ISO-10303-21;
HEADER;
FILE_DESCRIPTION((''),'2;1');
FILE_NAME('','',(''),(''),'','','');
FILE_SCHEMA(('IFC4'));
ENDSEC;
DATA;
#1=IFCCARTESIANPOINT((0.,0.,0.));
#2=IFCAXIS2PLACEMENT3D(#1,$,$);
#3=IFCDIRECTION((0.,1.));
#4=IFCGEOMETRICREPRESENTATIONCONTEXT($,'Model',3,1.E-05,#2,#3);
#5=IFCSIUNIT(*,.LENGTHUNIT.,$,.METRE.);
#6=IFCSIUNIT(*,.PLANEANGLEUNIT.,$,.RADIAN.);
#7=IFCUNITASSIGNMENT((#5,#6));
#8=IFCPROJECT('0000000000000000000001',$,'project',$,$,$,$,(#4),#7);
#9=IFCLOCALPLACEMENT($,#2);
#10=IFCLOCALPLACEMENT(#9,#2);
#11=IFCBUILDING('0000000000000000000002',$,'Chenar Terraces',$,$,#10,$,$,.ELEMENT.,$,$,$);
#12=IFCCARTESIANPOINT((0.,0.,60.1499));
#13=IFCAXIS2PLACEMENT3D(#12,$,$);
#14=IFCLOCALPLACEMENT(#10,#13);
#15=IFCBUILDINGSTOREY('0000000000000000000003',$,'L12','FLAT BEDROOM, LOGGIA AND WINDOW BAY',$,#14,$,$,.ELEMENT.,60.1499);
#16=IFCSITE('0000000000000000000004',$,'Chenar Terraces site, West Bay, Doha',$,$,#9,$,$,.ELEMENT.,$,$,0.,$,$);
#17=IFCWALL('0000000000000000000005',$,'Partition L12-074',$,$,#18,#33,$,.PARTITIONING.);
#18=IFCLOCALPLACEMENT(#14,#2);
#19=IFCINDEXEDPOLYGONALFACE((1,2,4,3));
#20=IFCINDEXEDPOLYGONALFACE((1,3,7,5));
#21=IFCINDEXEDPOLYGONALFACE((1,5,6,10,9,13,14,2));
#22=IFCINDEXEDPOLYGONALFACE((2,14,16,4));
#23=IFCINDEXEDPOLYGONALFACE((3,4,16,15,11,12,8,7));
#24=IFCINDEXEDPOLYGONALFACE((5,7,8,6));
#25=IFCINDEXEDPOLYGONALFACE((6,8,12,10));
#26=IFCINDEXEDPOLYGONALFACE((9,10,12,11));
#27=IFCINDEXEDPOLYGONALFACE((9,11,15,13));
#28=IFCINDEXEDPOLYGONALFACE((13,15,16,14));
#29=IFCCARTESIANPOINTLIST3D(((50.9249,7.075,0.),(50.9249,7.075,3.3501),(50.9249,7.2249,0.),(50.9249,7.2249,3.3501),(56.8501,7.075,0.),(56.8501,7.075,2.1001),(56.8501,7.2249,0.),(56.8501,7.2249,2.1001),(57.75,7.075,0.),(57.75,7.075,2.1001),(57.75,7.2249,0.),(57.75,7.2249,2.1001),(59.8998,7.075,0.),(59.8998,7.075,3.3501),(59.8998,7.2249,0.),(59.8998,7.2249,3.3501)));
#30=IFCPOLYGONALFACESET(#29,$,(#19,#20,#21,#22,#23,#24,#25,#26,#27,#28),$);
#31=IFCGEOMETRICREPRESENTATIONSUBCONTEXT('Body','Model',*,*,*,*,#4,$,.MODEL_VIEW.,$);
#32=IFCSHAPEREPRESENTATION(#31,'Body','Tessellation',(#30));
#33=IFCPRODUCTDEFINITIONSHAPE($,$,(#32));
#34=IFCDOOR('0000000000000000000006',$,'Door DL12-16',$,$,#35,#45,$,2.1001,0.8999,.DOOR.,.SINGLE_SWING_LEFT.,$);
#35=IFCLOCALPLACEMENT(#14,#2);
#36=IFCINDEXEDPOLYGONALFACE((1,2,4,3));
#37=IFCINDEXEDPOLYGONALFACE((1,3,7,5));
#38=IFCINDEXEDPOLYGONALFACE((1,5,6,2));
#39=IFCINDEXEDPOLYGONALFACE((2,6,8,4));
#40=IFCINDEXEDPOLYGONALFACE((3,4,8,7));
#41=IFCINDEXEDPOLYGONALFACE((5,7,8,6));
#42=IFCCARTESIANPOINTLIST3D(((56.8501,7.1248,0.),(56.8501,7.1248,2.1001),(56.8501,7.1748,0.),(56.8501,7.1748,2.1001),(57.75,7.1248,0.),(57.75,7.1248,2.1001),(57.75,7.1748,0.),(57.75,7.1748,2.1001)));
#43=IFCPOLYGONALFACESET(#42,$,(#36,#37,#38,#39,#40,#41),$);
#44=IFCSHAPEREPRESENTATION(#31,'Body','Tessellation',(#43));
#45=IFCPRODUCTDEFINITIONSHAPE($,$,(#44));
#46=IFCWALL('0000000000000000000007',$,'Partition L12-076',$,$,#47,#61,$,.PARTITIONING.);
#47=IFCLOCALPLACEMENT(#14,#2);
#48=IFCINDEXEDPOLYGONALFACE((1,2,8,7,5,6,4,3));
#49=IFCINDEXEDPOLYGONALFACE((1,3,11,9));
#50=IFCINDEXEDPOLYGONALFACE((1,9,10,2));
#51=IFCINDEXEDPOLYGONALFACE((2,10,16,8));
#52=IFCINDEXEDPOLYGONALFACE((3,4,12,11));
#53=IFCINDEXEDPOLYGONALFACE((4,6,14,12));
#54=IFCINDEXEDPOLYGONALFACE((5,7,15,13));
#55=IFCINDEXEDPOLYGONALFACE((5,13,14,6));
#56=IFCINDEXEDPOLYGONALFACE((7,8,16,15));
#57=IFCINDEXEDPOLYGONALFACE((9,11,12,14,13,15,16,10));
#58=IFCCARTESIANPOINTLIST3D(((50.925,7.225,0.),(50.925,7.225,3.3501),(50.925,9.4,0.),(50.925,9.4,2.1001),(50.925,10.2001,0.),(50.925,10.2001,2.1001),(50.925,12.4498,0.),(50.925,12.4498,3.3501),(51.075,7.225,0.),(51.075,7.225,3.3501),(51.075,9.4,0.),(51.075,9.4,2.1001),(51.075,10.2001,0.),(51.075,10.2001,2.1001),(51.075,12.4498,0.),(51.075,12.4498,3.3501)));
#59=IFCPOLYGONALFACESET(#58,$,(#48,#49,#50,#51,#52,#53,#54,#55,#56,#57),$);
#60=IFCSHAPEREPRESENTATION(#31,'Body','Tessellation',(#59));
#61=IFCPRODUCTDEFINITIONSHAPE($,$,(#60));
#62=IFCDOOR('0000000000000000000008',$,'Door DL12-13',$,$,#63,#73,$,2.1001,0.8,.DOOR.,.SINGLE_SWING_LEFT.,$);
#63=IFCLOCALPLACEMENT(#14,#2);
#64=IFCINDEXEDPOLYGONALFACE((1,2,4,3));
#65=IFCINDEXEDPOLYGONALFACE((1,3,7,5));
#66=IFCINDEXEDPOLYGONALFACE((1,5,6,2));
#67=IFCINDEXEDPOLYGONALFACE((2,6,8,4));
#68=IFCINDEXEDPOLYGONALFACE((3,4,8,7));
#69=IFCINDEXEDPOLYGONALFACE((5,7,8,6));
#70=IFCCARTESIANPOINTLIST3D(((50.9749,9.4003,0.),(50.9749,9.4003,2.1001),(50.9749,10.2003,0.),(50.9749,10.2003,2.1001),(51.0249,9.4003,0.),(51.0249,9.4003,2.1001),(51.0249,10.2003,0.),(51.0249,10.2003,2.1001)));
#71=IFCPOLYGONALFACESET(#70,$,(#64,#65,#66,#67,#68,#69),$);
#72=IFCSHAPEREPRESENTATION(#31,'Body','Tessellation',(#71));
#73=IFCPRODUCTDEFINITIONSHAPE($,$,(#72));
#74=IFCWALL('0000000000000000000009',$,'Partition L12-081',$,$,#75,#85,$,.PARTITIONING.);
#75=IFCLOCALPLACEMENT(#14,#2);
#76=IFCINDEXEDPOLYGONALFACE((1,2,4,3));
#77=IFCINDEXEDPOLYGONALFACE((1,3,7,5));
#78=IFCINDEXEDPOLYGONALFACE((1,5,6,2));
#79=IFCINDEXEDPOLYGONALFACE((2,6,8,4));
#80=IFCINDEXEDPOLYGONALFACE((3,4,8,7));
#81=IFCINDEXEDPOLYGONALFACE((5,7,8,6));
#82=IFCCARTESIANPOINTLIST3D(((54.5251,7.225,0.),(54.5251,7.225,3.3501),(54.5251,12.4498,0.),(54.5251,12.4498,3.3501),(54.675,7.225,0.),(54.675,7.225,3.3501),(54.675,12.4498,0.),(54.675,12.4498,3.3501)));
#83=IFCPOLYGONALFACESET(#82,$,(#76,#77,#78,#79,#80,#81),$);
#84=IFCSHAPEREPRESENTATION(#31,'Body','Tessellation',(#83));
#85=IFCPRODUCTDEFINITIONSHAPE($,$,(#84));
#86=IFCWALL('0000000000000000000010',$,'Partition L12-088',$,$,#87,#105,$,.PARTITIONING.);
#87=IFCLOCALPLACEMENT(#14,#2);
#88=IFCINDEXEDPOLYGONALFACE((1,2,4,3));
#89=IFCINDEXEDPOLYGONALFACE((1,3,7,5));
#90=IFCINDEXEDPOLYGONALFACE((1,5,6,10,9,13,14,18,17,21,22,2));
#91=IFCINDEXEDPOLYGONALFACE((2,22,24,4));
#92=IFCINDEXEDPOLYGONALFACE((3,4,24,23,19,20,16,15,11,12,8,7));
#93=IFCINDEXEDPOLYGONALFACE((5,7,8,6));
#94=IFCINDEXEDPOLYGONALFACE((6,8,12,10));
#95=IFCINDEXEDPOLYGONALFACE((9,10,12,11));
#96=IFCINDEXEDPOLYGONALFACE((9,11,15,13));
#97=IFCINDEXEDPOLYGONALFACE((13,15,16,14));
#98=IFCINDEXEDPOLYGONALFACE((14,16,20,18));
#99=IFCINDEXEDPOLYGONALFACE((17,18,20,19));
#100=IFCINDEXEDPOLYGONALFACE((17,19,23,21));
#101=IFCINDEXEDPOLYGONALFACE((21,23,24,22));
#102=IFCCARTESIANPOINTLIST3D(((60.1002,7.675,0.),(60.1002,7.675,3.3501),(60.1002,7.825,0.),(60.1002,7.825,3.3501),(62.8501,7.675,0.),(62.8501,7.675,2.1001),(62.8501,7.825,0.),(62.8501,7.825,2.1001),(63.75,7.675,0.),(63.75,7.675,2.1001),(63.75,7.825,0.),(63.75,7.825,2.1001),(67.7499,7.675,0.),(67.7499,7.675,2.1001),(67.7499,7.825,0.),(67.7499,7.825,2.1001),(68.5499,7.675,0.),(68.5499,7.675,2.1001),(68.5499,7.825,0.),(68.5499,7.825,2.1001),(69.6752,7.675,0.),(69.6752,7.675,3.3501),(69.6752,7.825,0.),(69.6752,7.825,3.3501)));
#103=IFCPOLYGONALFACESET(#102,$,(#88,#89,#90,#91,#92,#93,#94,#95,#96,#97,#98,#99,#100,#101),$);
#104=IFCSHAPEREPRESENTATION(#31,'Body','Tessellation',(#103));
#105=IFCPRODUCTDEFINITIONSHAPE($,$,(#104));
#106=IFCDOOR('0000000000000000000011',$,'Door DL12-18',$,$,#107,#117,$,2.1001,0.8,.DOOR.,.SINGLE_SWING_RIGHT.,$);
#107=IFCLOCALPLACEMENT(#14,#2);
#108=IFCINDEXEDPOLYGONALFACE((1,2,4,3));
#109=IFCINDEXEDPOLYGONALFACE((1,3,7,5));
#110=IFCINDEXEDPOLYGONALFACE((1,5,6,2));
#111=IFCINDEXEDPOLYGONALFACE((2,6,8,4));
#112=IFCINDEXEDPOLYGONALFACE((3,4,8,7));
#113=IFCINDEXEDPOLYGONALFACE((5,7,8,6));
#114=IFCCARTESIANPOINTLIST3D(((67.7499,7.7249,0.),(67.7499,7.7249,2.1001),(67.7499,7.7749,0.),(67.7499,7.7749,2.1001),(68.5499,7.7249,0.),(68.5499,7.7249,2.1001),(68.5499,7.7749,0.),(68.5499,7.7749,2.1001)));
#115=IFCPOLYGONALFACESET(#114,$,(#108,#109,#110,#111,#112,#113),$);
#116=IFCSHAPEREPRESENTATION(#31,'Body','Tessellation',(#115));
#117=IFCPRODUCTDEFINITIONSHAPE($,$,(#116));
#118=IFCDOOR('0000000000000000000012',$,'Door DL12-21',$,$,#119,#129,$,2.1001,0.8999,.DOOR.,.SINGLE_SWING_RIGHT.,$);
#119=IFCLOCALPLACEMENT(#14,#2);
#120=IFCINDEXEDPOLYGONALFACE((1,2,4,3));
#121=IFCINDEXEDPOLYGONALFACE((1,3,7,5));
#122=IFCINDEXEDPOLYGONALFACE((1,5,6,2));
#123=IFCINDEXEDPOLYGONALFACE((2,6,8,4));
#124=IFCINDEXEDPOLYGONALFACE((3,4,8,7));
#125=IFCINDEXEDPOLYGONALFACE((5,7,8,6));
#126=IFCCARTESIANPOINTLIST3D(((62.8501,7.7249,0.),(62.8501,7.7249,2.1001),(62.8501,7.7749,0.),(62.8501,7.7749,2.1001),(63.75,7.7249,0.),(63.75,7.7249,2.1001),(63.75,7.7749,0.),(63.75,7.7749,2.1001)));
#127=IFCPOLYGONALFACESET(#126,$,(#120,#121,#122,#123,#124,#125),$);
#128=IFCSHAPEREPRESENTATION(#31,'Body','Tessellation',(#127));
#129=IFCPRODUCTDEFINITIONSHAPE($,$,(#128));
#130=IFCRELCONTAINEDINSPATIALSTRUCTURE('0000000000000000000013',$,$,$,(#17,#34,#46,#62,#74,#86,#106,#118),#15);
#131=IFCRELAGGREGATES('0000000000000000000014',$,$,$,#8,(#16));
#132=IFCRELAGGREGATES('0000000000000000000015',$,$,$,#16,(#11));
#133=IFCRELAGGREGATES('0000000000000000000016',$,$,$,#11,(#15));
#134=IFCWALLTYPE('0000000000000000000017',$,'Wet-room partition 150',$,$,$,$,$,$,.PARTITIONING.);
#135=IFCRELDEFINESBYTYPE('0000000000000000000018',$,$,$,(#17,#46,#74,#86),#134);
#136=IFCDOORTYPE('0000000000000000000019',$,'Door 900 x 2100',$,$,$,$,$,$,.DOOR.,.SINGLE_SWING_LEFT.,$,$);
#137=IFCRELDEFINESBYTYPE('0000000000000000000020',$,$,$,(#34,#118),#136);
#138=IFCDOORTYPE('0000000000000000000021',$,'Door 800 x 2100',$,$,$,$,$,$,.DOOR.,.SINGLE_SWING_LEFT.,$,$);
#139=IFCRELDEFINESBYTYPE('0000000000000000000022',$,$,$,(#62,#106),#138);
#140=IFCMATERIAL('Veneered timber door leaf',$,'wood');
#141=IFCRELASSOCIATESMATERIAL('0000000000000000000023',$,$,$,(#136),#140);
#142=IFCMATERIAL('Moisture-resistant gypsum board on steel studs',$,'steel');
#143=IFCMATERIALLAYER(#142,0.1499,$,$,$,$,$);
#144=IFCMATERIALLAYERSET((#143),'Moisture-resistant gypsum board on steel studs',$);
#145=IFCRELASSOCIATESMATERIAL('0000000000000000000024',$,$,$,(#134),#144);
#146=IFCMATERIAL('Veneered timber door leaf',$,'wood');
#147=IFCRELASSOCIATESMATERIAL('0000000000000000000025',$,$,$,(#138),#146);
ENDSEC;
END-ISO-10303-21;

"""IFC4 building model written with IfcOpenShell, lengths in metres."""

from ifc_helpers import new_model, si_unit, direction, frame, frame_2d, origin, place, context, subcontext, project, spatial, rectangle, extrude, material, layer, layer_set, type_object, element, fill, save


model = new_model("IFC4")

# Units and contexts
model_context = context("Model", 3, precision=1e-05, world=origin(), true_north=direction((0.0, 1.0)))
body_context = subcontext(model_context, "Body", "Model", "MODEL_VIEW")
ifc_project = project(units=[si_unit("LENGTHUNIT", "METRE"), si_unit("PLANEANGLEUNIT", "RADIAN")], contexts=[model_context])

# Site, building, storey
site_placement = place(None, origin())
site = spatial("IfcSite", under=ifc_project, at=site_placement, Name="Chenar Terraces site, West Bay, Doha", CompositionType="ELEMENT", RefElevation=0.0)
building_placement = place(site_placement, origin())
building = spatial("IfcBuilding", under=site, at=building_placement, Name="Chenar Terraces", CompositionType="ELEMENT")
storey_placement = place(building_placement, frame((0.0, 0.0, 60.1499)))
storey = spatial("IfcBuildingStorey", under=building, at=storey_placement, Name="L12", Description="FLAT BEDROOM, LOGGIA AND WINDOW BAY", CompositionType="ELEMENT", Elevation=60.1499)

# Shared definitions
ifc_material_1 = material(Name="Veneered timber door leaf", Category="wood")
door_type_1 = type_object("IfcDoorType", Name="Door 900 x 2100", OperationType="SINGLE_SWING_LEFT", PredefinedType="DOOR", material=ifc_material_1)

# Walls, openings, doors
ifc_material_2 = material(Name="Moisture-resistant gypsum board on steel studs", Category="steel")
ifc_layer_1 = layer(ifc_material_2, 0.1499)
ifc_layer_set_1 = layer_set([ifc_layer_1], Name="Moisture-resistant gypsum board on steel studs")
wall_type_1 = type_object("IfcWallType", Name="Wet-room partition 150", PredefinedType="PARTITIONING", material=ifc_layer_set_1)
wall_1_placement = place(storey_placement, frame((50.925, 7.1499, 0.0), z_axis=(0.0, 0.0, 1.0), x_axis=(1.0, 0.0, 0.0)))
wall_1 = element("IfcWall", 1, at=wall_1_placement, inside=storey, type_object=wall_type_1, Name="Partition L12-074", PredefinedType="PARTITIONING", context=body_context, shape_type="SweptSolid", body=[
    extrude(rectangle(XDim=8.9749, YDim=0.1499, at=frame_2d((4.4873, 0.0))), origin(), (0.0, 0.0, 1.0), 3.3501),
])
opening_1_placement = place(wall_1_placement, frame((5.925, 0.0, 0.0)))
opening_1 = element("IfcOpeningElement", 2, at=opening_1_placement, cuts=wall_1, PredefinedType="OPENING", context=body_context, shape_type="SweptSolid", body=[
    extrude(rectangle(XDim=0.8999, YDim=2.1001, at=frame_2d((0.45, 1.05))), frame((0.0, 0.085, 0.0), z_axis=(0.0, -1.0, 0.0), x_axis=(1.0, 0.0, 0.0)), (0.0, 0.0, 1.0), 0.1699),
])
door_1_placement = place(opening_1_placement, origin())
door_1 = element("IfcDoor", 3, at=door_1_placement, inside=storey, type_object=door_type_1, Name="Door DL12-16", OperationType="SINGLE_SWING_LEFT", OverallHeight=2.1001, OverallWidth=0.8999, PredefinedType="DOOR", context=body_context, shape_type="SweptSolid", body=[
    extrude(rectangle(XDim=0.8999, YDim=2.1001, at=frame_2d((0.45, 1.05))), frame((0.0, 0.0249, 0.0), z_axis=(0.0, -1.0, 0.0), x_axis=(1.0, 0.0, 0.0)), (0.0, 0.0, 1.0), 0.05),
])
fill(opening_1, door_1)
wall_2_placement = place(storey_placement, frame((51.0, 7.2251, 0.0), z_axis=(0.0, 0.0, 1.0), x_axis=(0.0, 1.0, 0.0)))
wall_2 = element("IfcWall", 4, at=wall_2_placement, inside=storey, type_object=wall_type_1, Name="Partition L12-076", PredefinedType="PARTITIONING", context=body_context, shape_type="SweptSolid", body=[
    extrude(rectangle(XDim=5.2249, YDim=0.1499, at=frame_2d((2.6123, 0.0))), origin(), (0.0, 0.0, 1.0), 3.3501),
])
opening_2_placement = place(wall_2_placement, frame((2.175, 0.0, 0.0)))
opening_2 = element("IfcOpeningElement", 5, at=opening_2_placement, cuts=wall_2, PredefinedType="OPENING", context=body_context, shape_type="SweptSolid", body=[
    extrude(rectangle(XDim=0.8, YDim=2.1001, at=frame_2d((0.3999, 1.05))), frame((0.0, 0.085, 0.0), z_axis=(0.0, -1.0, 0.0), x_axis=(1.0, 0.0, 0.0)), (0.0, 0.0, 1.0), 0.1699),
])
ifc_material_3 = material(Name="Veneered timber door leaf", Category="wood")
door_type_2 = type_object("IfcDoorType", Name="Door 800 x 2100", OperationType="SINGLE_SWING_LEFT", PredefinedType="DOOR", material=ifc_material_3)
door_2_placement = place(opening_2_placement, frame((0.8, 0.0, 0.0), z_axis=(0.0, 0.0, 1.0), x_axis=(-1.0, 0.0, 0.0)))
door_2 = element("IfcDoor", 6, at=door_2_placement, inside=storey, type_object=door_type_2, Name="Door DL12-13", OperationType="SINGLE_SWING_LEFT", OverallHeight=2.1001, OverallWidth=0.8, PredefinedType="DOOR", context=body_context, shape_type="SweptSolid", body=[
    extrude(rectangle(XDim=0.8, YDim=2.1001, at=frame_2d((0.3999, 1.05))), frame((0.0, 0.0249, 0.0), z_axis=(0.0, -1.0, 0.0), x_axis=(1.0, 0.0, 0.0)), (0.0, 0.0, 1.0), 0.05),
])
fill(opening_2, door_2)

# Wall
wall_3_placement = place(storey_placement, frame((54.6001, 7.2251, 0.0), z_axis=(0.0, 0.0, 1.0), x_axis=(0.0, 1.0, 0.0)))
element("IfcWall", 7, at=wall_3_placement, inside=storey, type_object=wall_type_1, Name="Partition L12-081", PredefinedType="PARTITIONING", context=body_context, shape_type="SweptSolid", body=[
    extrude(rectangle(XDim=5.2249, YDim=0.1499, at=frame_2d((2.6123, 0.0))), origin(), (0.0, 0.0, 1.0), 3.3501),
])

# Wall, openings, doors
wall_4_placement = place(storey_placement, frame((60.1001, 7.75, 0.0), z_axis=(0.0, 0.0, 1.0), x_axis=(1.0, 0.0, 0.0)))
wall_4 = element("IfcWall", 8, at=wall_4_placement, inside=storey, type_object=wall_type_1, Name="Partition L12-088", PredefinedType="PARTITIONING", context=body_context, shape_type="SweptSolid", body=[
    extrude(rectangle(XDim=9.575, YDim=0.1499, at=frame_2d((4.7876, 0.0))), origin(), (0.0, 0.0, 1.0), 3.3501),
])
opening_3_placement = place(wall_4_placement, frame((7.6499, 0.0, 0.0)))
opening_3 = element("IfcOpeningElement", 9, at=opening_3_placement, cuts=wall_4, PredefinedType="OPENING", context=body_context, shape_type="SweptSolid", body=[
    extrude(rectangle(XDim=0.8, YDim=2.1001, at=frame_2d((0.3999, 1.05))), frame((0.0, 0.085, 0.0), z_axis=(0.0, -1.0, 0.0), x_axis=(1.0, 0.0, 0.0)), (0.0, 0.0, 1.0), 0.1699),
])
opening_4_placement = place(wall_4_placement, frame((2.75, 0.0, 0.0)))
opening_4 = element("IfcOpeningElement", 10, at=opening_4_placement, cuts=wall_4, PredefinedType="OPENING", context=body_context, shape_type="SweptSolid", body=[
    extrude(rectangle(XDim=0.8999, YDim=2.1001, at=frame_2d((0.45, 1.05))), frame((0.0, 0.085, 0.0), z_axis=(0.0, -1.0, 0.0), x_axis=(1.0, 0.0, 0.0)), (0.0, 0.0, 1.0), 0.1699),
])
door_3_placement = place(opening_3_placement, origin())
door_3 = element("IfcDoor", 11, at=door_3_placement, inside=storey, type_object=door_type_2, Name="Door DL12-18", OperationType="SINGLE_SWING_RIGHT", OverallHeight=2.1001, OverallWidth=0.8, PredefinedType="DOOR", context=body_context, shape_type="SweptSolid", body=[
    extrude(rectangle(XDim=0.8, YDim=2.1001, at=frame_2d((0.3999, 1.05))), frame((0.0, 0.0249, 0.0), z_axis=(0.0, -1.0, 0.0), x_axis=(1.0, 0.0, 0.0)), (0.0, 0.0, 1.0), 0.05),
])
fill(opening_3, door_3)
door_4_placement = place(opening_4_placement, origin())
door_4 = element("IfcDoor", 12, at=door_4_placement, inside=storey, type_object=door_type_1, Name="Door DL12-21", OperationType="SINGLE_SWING_RIGHT", OverallHeight=2.1001, OverallWidth=0.8999, PredefinedType="DOOR", context=body_context, shape_type="SweptSolid", body=[
    extrude(rectangle(XDim=0.8999, YDim=2.1001, at=frame_2d((0.45, 1.05))), frame((0.0, 0.0249, 0.0), z_axis=(0.0, -1.0, 0.0), x_axis=(1.0, 0.0, 0.0)), (0.0, 0.0, 1.0), 0.05),
])
fill(opening_4, door_4)

save(model, "model.ifc")
